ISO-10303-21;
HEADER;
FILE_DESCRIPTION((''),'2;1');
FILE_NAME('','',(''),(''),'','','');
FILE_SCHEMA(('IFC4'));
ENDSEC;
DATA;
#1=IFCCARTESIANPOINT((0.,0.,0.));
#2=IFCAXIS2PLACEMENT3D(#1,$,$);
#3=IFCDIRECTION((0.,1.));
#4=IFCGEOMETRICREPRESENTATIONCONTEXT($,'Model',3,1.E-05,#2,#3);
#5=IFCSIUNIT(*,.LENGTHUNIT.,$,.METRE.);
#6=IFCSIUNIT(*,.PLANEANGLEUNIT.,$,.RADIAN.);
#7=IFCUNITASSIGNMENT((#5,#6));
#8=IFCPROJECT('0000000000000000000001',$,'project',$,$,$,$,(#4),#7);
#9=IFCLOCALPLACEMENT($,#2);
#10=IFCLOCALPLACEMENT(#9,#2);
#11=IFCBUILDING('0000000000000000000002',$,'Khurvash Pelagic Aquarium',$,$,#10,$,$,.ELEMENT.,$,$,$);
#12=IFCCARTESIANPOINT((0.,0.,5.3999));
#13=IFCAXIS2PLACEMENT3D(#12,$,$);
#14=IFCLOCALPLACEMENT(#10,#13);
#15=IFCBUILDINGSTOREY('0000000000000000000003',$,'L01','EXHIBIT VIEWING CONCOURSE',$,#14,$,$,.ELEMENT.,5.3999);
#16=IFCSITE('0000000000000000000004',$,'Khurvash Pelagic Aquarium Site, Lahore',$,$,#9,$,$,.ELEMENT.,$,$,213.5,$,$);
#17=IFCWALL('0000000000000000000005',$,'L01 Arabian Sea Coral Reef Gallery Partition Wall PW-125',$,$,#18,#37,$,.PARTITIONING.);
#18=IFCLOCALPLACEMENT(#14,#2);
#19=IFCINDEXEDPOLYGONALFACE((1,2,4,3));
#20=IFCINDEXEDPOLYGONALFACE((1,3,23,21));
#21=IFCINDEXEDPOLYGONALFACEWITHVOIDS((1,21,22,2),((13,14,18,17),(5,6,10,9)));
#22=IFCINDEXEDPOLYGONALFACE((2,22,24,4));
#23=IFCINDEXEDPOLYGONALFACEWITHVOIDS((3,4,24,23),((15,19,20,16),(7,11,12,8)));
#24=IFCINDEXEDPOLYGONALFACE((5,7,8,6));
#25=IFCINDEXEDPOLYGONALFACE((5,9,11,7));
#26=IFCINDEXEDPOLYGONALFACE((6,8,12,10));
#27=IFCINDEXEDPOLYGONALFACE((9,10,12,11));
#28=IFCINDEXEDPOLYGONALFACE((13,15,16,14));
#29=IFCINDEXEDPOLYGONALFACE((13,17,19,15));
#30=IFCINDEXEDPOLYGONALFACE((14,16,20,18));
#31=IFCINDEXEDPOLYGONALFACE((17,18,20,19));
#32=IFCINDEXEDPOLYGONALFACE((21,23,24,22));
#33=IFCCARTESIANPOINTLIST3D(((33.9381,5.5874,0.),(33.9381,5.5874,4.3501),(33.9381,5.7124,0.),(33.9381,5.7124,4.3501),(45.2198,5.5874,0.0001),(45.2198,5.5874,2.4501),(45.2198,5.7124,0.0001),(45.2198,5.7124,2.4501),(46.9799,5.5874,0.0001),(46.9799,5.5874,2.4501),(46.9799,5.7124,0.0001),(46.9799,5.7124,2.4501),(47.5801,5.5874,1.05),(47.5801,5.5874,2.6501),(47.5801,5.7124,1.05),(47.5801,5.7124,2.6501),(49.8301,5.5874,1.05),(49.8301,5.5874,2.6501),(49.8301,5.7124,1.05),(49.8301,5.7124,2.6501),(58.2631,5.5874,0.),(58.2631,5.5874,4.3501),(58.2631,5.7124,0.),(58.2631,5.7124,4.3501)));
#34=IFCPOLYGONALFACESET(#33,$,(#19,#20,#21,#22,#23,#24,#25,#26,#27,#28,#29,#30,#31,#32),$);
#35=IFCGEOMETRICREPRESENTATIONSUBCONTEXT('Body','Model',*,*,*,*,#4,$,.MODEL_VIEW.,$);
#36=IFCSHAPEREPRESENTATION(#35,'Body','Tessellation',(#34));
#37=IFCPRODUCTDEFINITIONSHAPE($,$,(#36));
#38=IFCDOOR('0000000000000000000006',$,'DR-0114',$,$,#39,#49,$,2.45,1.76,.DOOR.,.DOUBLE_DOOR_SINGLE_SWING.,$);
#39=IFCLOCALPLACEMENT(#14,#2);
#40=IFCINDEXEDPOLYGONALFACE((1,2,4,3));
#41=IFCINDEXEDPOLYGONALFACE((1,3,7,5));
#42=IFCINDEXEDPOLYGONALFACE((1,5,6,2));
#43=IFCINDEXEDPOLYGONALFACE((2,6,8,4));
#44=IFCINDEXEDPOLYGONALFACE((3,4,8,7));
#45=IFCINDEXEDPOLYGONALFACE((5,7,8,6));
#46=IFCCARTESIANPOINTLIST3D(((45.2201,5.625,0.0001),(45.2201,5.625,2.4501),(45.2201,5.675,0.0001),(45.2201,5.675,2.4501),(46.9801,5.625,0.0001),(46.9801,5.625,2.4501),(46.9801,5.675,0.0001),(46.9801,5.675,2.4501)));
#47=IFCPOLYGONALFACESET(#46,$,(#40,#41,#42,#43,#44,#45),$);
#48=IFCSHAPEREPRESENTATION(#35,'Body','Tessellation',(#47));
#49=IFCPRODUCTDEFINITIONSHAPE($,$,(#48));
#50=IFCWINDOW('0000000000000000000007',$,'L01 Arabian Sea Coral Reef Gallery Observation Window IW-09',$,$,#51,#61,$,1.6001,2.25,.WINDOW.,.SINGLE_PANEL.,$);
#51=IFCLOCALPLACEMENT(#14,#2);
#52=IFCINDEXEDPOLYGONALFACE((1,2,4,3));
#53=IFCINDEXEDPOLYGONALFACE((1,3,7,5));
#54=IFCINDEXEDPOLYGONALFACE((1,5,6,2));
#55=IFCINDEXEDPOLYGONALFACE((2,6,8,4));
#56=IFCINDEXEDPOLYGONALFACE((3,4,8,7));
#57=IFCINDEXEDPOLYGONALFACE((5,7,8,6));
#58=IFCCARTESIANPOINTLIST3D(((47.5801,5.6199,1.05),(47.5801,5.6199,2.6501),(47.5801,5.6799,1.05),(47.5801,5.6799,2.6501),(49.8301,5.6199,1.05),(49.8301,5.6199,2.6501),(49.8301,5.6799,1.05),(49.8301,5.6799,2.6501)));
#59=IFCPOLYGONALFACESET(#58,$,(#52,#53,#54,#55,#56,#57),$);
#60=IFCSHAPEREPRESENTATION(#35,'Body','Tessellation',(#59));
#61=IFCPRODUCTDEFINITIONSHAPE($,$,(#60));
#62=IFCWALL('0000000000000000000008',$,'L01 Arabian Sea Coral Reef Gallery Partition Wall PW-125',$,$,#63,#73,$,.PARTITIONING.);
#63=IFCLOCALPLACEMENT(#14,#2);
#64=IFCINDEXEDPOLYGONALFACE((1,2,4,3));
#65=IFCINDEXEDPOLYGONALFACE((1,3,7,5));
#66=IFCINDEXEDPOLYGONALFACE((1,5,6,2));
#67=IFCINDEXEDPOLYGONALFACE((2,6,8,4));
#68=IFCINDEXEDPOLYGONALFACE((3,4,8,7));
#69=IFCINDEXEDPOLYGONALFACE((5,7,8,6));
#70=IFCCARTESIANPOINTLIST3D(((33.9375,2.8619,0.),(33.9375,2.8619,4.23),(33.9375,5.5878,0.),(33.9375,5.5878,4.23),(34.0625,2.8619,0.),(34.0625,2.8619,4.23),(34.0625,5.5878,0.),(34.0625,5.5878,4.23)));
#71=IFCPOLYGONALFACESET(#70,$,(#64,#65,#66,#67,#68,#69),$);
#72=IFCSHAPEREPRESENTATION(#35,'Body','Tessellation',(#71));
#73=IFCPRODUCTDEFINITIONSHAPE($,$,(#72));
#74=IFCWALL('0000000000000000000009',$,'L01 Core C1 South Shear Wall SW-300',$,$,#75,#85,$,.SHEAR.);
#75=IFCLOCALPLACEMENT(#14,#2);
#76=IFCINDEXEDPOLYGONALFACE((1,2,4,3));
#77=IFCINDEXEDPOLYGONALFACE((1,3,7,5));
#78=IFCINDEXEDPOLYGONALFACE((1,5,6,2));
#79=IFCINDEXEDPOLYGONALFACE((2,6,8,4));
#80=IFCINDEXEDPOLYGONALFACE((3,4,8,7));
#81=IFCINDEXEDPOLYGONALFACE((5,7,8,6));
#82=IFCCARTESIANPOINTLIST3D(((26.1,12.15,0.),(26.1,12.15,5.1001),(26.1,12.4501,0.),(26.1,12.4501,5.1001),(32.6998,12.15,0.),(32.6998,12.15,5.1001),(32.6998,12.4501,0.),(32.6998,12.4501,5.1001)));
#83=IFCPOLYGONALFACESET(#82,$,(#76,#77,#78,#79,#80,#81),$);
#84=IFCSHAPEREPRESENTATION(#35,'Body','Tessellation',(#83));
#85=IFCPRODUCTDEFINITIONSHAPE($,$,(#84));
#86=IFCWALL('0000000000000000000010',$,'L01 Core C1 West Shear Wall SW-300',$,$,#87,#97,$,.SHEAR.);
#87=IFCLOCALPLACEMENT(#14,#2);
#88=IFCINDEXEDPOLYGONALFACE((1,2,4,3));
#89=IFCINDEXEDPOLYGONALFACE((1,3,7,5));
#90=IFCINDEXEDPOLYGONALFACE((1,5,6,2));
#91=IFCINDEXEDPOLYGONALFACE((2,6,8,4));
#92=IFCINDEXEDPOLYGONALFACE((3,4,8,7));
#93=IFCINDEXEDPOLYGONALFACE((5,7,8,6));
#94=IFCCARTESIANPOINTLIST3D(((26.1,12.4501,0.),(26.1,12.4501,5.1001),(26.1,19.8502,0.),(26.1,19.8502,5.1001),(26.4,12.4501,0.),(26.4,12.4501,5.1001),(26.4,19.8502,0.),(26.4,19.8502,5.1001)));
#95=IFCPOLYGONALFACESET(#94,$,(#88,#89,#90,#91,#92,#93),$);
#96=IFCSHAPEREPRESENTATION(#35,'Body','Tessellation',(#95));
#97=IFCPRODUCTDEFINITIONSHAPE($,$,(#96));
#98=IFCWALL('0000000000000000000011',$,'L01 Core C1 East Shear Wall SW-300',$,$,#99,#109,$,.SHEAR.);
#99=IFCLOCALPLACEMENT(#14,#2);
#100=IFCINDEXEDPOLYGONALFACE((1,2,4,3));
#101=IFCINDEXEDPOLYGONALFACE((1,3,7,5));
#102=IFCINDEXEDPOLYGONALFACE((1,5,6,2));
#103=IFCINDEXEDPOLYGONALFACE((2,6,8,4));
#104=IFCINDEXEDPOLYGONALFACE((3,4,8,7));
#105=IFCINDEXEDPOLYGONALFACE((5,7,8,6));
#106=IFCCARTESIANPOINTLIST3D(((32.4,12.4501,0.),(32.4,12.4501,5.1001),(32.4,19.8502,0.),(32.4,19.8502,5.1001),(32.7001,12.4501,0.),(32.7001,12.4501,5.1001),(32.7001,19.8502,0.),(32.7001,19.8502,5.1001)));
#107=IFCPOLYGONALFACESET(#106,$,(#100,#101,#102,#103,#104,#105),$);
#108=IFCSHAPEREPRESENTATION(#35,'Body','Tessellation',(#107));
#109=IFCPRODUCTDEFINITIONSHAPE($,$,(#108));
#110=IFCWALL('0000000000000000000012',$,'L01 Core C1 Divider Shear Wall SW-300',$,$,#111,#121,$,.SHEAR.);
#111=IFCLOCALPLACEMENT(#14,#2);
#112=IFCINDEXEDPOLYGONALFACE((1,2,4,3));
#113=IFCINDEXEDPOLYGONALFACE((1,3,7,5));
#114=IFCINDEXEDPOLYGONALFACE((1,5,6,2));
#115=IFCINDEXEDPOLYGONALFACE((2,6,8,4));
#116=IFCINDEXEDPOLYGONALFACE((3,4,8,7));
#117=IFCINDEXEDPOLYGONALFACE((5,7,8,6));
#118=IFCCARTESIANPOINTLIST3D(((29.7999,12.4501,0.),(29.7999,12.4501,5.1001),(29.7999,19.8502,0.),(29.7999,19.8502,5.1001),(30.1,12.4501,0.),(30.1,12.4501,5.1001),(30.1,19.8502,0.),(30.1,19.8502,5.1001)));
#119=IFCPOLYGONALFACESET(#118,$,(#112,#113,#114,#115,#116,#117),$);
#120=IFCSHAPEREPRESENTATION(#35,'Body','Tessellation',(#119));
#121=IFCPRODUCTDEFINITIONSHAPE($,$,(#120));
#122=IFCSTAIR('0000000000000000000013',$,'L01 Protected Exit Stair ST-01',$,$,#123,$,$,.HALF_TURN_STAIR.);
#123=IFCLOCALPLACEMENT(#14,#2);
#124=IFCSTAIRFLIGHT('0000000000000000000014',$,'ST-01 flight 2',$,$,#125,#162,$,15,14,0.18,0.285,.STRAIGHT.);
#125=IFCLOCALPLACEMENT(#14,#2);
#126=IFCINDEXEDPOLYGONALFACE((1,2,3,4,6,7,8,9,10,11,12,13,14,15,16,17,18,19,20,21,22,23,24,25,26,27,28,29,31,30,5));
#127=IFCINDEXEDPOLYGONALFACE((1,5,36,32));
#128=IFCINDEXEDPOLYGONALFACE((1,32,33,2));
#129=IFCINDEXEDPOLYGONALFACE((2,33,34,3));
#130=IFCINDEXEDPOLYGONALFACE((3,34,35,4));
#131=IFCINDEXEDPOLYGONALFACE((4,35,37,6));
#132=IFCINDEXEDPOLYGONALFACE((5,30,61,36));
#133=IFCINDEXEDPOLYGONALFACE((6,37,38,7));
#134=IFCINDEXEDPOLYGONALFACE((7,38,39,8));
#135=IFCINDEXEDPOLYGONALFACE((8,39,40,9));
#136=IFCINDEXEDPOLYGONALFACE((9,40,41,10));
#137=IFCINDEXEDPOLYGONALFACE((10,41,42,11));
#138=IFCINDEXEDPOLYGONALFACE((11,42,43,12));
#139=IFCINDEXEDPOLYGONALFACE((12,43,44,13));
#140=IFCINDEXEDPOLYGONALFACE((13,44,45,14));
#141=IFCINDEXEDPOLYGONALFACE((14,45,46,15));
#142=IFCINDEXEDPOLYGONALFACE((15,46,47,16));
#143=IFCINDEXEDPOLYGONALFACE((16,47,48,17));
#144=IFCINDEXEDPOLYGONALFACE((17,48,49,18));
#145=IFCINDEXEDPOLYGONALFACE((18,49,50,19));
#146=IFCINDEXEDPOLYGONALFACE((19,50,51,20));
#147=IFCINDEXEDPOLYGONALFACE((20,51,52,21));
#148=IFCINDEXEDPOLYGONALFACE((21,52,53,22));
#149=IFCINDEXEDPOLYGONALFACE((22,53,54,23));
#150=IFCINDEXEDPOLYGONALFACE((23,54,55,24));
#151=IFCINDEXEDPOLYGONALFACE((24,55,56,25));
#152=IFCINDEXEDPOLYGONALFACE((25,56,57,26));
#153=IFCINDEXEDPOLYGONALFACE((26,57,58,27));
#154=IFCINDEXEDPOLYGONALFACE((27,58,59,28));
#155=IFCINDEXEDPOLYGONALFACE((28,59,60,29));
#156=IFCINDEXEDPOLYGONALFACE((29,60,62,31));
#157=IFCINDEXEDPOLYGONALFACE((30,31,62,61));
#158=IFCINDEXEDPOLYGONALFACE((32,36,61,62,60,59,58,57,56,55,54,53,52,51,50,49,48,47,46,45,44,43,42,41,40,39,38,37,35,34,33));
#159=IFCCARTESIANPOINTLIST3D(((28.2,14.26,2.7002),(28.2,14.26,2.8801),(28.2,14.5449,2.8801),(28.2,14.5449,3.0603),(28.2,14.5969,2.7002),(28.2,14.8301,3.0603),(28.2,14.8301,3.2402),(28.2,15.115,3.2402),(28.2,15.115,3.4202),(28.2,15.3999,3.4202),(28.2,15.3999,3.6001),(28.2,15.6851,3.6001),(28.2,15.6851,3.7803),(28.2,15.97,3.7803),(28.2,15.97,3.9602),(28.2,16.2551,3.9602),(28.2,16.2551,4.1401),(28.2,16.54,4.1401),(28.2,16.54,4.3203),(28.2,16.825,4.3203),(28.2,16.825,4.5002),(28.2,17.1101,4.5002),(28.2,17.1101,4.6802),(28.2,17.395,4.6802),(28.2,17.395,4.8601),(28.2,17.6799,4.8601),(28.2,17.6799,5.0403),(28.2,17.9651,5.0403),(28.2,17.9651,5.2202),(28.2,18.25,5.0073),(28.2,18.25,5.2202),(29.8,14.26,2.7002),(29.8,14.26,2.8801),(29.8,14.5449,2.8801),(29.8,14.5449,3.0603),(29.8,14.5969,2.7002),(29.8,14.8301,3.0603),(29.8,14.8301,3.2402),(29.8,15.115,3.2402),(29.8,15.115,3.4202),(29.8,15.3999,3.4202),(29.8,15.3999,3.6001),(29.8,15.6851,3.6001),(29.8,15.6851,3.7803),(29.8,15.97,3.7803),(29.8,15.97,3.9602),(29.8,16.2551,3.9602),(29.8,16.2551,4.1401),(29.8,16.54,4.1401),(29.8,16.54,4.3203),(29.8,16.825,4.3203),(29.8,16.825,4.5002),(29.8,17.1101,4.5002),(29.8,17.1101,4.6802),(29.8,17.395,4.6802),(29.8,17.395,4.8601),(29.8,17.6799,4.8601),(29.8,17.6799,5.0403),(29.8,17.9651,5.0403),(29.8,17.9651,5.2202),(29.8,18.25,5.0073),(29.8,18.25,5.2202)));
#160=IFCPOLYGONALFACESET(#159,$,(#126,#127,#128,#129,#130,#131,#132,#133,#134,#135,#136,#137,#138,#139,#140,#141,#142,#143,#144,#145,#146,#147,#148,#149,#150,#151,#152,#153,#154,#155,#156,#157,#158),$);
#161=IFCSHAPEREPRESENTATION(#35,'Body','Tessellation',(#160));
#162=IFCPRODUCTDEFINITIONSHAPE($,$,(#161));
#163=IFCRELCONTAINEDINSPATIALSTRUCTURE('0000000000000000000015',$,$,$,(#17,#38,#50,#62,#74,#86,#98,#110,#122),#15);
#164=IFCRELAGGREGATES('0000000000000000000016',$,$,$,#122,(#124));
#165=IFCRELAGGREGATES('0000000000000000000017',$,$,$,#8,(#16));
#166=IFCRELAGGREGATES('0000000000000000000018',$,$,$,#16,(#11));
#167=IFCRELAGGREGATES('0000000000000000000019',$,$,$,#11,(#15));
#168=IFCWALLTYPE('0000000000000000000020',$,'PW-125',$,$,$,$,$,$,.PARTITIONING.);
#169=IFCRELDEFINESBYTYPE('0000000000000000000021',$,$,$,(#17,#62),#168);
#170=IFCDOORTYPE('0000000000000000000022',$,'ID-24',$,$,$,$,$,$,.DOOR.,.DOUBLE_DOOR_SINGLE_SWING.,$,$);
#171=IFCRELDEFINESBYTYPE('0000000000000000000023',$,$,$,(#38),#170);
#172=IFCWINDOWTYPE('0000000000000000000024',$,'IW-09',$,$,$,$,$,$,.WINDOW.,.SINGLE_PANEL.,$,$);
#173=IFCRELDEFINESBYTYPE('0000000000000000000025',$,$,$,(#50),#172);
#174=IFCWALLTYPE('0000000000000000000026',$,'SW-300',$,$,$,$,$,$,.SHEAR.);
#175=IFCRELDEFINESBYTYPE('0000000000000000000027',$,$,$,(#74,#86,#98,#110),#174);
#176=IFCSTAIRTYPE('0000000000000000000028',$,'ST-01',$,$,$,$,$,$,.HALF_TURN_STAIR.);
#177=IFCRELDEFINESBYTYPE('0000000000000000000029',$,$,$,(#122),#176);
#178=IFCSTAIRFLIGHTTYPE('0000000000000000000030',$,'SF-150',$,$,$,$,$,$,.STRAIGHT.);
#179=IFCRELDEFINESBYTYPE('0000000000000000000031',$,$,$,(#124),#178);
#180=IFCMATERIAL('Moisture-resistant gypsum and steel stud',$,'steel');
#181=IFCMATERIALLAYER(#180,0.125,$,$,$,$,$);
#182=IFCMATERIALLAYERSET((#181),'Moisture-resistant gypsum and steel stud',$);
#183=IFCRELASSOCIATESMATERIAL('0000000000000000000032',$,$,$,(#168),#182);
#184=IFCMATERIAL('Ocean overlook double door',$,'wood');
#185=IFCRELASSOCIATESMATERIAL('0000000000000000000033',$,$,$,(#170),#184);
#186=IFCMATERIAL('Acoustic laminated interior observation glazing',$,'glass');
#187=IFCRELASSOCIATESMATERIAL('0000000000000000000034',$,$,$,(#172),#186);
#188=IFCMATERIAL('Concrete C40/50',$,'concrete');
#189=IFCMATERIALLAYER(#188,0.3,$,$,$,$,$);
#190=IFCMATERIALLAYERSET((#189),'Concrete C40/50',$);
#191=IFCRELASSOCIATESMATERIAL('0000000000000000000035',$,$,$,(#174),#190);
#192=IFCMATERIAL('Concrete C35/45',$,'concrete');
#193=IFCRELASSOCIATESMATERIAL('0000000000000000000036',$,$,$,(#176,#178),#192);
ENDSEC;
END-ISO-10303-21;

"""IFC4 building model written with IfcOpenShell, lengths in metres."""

from ifc_helpers import new_model, si_unit, direction, frame, frame_2d, origin, place, context, subcontext, project, spatial, polyline, rectangle, outline, extrude, material, layer, layer_set, type_object, element, fill, aggregate, save


model = new_model("IFC4")

# Units and contexts
model_context = context("Model", 3, precision=1e-05, world=origin(), true_north=direction((0.0, 1.0)))
body_context = subcontext(model_context, "Body", "Model", "MODEL_VIEW")
ifc_project = project(units=[si_unit("LENGTHUNIT", "METRE"), si_unit("PLANEANGLEUNIT", "RADIAN")], contexts=[model_context])

# Site, building, storey
site_placement = place(None, origin())
site = spatial("IfcSite", under=ifc_project, at=site_placement, Name="Khurvash Pelagic Aquarium Site, Lahore", CompositionType="ELEMENT", RefElevation=213.5)
building_placement = place(site_placement, origin())
building = spatial("IfcBuilding", under=site, at=building_placement, Name="Khurvash Pelagic Aquarium", CompositionType="ELEMENT")
storey_placement = place(building_placement, frame((0.0, 0.0, 5.3999)))
storey = spatial("IfcBuildingStorey", under=building, at=storey_placement, Name="L01", Description="EXHIBIT VIEWING CONCOURSE", CompositionType="ELEMENT", Elevation=5.3999)

# Shared definitions
ifc_material_1 = material(Name="Concrete C40/50", Category="concrete")

# Shared definitions
ifc_material_2 = material(Name="Concrete C35/45", Category="concrete")

# Wall, openings, door, window
ifc_material_3 = material(Name="Moisture-resistant gypsum and steel stud", Category="steel")
ifc_layer_1 = layer(ifc_material_3, 0.125)
ifc_layer_set_1 = layer_set([ifc_layer_1], Name="Moisture-resistant gypsum and steel stud")
wall_type_1 = type_object("IfcWallType", Name="PW-125", PredefinedType="PARTITIONING", material=ifc_layer_set_1)
wall_1_placement = place(storey_placement, frame((33.938, 5.6499, 0.0), z_axis=(0.0, 0.0, 1.0), x_axis=(1.0, 0.0, 0.0)))
wall_1 = element("IfcWall", 1, at=wall_1_placement, inside=storey, type_object=wall_type_1, Name="L01 Arabian Sea Coral Reef Gallery Partition Wall PW-125", PredefinedType="PARTITIONING", context=body_context, shape_type="SweptSolid", body=[
    extrude(rectangle(XDim=24.325, YDim=0.125, at=frame_2d((12.1626, 0.0))), origin(), (0.0, 0.0, 1.0), 4.3501),
])
opening_1_placement = place(wall_1_placement, frame((11.282, 0.0, 0.0)))
opening_1 = element("IfcOpeningElement", 2, at=opening_1_placement, cuts=wall_1, PredefinedType="OPENING", context=body_context, shape_type="SweptSolid", body=[
    extrude(rectangle(XDim=1.76, YDim=2.45, at=frame_2d((0.8799, 1.2251))), frame((0.0, 0.0725, 0.0), z_axis=(0.0, -1.0, 0.0), x_axis=(1.0, 0.0, 0.0)), (0.0, 0.0, 1.0), 0.145),
])
opening_2_placement = place(wall_1_placement, frame((13.6421, 0.0, 1.05)))
opening_2 = element("IfcOpeningElement", 3, at=opening_2_placement, cuts=wall_1, PredefinedType="OPENING", context=body_context, shape_type="SweptSolid", body=[
    extrude(rectangle(XDim=2.25, YDim=1.6001, at=frame_2d((1.125, 0.8))), frame((0.0, 0.0725, 0.0), z_axis=(0.0, -1.0, 0.0), x_axis=(1.0, 0.0, 0.0)), (0.0, 0.0, 1.0), 0.145),
])
ifc_material_4 = material(Name="Ocean overlook double door", Category="wood")
door_type = type_object("IfcDoorType", Name="ID-24", OperationType="DOUBLE_DOOR_SINGLE_SWING", PredefinedType="DOOR", material=ifc_material_4)
door_placement = place(opening_1_placement, frame((1.76, 0.0, 0.0), z_axis=(0.0, 0.0, 1.0), x_axis=(-1.0, 0.0, 0.0)))
door = element("IfcDoor", 4, at=door_placement, inside=storey, type_object=door_type, Name="DR-0114", OperationType="DOUBLE_DOOR_SINGLE_SWING", OverallHeight=2.45, OverallWidth=1.76, PredefinedType="DOOR", context=body_context, shape_type="SweptSolid", body=[
    extrude(rectangle(XDim=1.76, YDim=2.45, at=frame_2d((0.8799, 1.2251))), frame((0.0, 0.0249, 0.0), z_axis=(0.0, -1.0, 0.0), x_axis=(1.0, 0.0, 0.0)), (0.0, 0.0, 1.0), 0.05),
])
fill(opening_1, door)
ifc_material_5 = material(Name="Acoustic laminated interior observation glazing", Category="glass")
window_type = type_object("IfcWindowType", Name="IW-09", PartitioningType="SINGLE_PANEL", PredefinedType="WINDOW", material=ifc_material_5)
window_placement = place(opening_2_placement, origin())
window = element("IfcWindow", 5, at=window_placement, inside=storey, type_object=window_type, Name="L01 Arabian Sea Coral Reef Gallery Observation Window IW-09", OverallHeight=1.6001, OverallWidth=2.25, PartitioningType="SINGLE_PANEL", PredefinedType="WINDOW", context=body_context, shape_type="SweptSolid", body=[
    extrude(rectangle(XDim=2.25, YDim=1.6001, at=frame_2d((1.125, 0.8))), frame((0.0, 0.03, 0.0), z_axis=(0.0, -1.0, 0.0), x_axis=(1.0, 0.0, 0.0)), (0.0, 0.0, 1.0), 0.0601),
])
fill(opening_2, window)

# Walls
wall_2_placement = place(storey_placement, frame((34.0, 2.8621, 0.0), z_axis=(0.0, 0.0, 1.0), x_axis=(0.0, 1.0, 0.0)))
element("IfcWall", 6, at=wall_2_placement, inside=storey, type_object=wall_type_1, Name="L01 Arabian Sea Coral Reef Gallery Partition Wall PW-125", PredefinedType="PARTITIONING", context=body_context, shape_type="SweptSolid", body=[
    extrude(rectangle(XDim=2.7258, YDim=0.125, at=frame_2d((1.3628, 0.0))), origin(), (0.0, 0.0, 1.0), 4.23),
])
ifc_layer_2 = layer(ifc_material_1, 0.3)
ifc_layer_set_2 = layer_set([ifc_layer_2], Name="Concrete C40/50")
wall_type_2 = type_object("IfcWallType", Name="SW-300", PredefinedType="SHEAR", material=ifc_layer_set_2)
wall_3_placement = place(storey_placement, frame((26.1001, 12.3, 0.0), z_axis=(0.0, 0.0, 1.0), x_axis=(1.0, 0.0, 0.0)))
element("IfcWall", 7, at=wall_3_placement, inside=storey, type_object=wall_type_2, Name="L01 Core C1 South Shear Wall SW-300", PredefinedType="SHEAR", context=body_context, shape_type="SweptSolid", body=[
    extrude(rectangle(XDim=6.5999, YDim=0.3, at=frame_2d((3.2998, 0.0))), origin(), (0.0, 0.0, 1.0), 5.1001),
])
for number, where, z_axis, x_axis, name in (
    (8, (26.25, 12.45, 0.0), (0.0, 0.0, 1.0), (0.0, 1.0, 0.0), "L01 Core C1 West Shear Wall SW-300"),
    (9, (32.55, 12.45, 0.0), (0.0, 0.0, 1.0), (0.0, 1.0, 0.0), "L01 Core C1 East Shear Wall SW-300"),
    (10, (29.95, 12.45, 0.0), (0.0, 0.0, 1.0), (0.0, 1.0, 0.0), "L01 Core C1 Divider Shear Wall SW-300"),
):
    element("IfcWall", number, at=place(storey_placement, frame(where, z_axis=z_axis, x_axis=x_axis)), inside=storey, type_object=wall_type_2, Name=name, PredefinedType="SHEAR", context=body_context, shape_type="SweptSolid", body=[
        extrude(rectangle(XDim=7.4001, YDim=0.3, at=frame_2d((3.7002, 0.0))), origin(), (0.0, 0.0, 1.0), 5.1001),
    ])

# Stair, stair flight
stair_type = type_object("IfcStairType", Name="ST-01", PredefinedType="HALF_TURN_STAIR", material=ifc_material_2)
stair_placement = place(storey_placement, origin())
stair = element("IfcStair", 11, at=stair_placement, inside=storey, type_object=stair_type, Name="L01 Protected Exit Stair ST-01", PredefinedType="HALF_TURN_STAIR")
stair_flight_type = type_object("IfcStairFlightType", Name="SF-150", PredefinedType="STRAIGHT", material=ifc_material_2)
stair_flight_placement = place(storey_placement, frame((29.0, 14.26, 2.7002), z_axis=(0.0, 0.0, 1.0), x_axis=(0.0, 1.0, 0.0)))
stair_flight = element("IfcStairFlight", 12, at=stair_flight_placement, type_object=stair_flight_type, Name="ST-01 flight 2", NumberOfRisers=15, NumberOfTreads=14, PredefinedType="STRAIGHT", RiserHeight=0.18, TreadLength=0.285, context=body_context, shape_type="SweptSolid", body=[
    extrude(outline(polyline([(0.0, 0.0), (0.0, 0.1799), (0.2849, 0.1799), (0.2849, 0.3601), (0.5701, 0.3601), (0.5701, 0.54), (0.855, 0.54), (0.855, 0.72), (1.1399, 0.72), (1.1399, 0.8999), (1.425, 0.8999), (1.425, 1.0801), (1.71, 1.0801), (1.71, 1.26), (1.9951, 1.26), (1.9951, 1.4399), (2.28, 1.4399), (2.28, 1.6201), (2.5649, 1.6201), (2.5649, 1.8), (2.8501, 1.8), (2.8501, 1.98), (3.135, 1.98), (3.135, 2.1599), (3.4199, 2.1599), (3.4199, 2.3401), (3.7051, 2.3401), (3.7051, 2.52), (3.99, 2.52), (3.99, 2.7), (3.99, 2.3071), (0.3369, 0.0), (0.0, 0.0)])), frame((0.0, 0.8, 0.0), z_axis=(0.0, -1.0, 0.0), x_axis=(1.0, 0.0, 0.0)), (0.0, 0.0, 1.0), 1.6001),
])
aggregate(stair, [stair_flight])

save(model, "model.ifc")
